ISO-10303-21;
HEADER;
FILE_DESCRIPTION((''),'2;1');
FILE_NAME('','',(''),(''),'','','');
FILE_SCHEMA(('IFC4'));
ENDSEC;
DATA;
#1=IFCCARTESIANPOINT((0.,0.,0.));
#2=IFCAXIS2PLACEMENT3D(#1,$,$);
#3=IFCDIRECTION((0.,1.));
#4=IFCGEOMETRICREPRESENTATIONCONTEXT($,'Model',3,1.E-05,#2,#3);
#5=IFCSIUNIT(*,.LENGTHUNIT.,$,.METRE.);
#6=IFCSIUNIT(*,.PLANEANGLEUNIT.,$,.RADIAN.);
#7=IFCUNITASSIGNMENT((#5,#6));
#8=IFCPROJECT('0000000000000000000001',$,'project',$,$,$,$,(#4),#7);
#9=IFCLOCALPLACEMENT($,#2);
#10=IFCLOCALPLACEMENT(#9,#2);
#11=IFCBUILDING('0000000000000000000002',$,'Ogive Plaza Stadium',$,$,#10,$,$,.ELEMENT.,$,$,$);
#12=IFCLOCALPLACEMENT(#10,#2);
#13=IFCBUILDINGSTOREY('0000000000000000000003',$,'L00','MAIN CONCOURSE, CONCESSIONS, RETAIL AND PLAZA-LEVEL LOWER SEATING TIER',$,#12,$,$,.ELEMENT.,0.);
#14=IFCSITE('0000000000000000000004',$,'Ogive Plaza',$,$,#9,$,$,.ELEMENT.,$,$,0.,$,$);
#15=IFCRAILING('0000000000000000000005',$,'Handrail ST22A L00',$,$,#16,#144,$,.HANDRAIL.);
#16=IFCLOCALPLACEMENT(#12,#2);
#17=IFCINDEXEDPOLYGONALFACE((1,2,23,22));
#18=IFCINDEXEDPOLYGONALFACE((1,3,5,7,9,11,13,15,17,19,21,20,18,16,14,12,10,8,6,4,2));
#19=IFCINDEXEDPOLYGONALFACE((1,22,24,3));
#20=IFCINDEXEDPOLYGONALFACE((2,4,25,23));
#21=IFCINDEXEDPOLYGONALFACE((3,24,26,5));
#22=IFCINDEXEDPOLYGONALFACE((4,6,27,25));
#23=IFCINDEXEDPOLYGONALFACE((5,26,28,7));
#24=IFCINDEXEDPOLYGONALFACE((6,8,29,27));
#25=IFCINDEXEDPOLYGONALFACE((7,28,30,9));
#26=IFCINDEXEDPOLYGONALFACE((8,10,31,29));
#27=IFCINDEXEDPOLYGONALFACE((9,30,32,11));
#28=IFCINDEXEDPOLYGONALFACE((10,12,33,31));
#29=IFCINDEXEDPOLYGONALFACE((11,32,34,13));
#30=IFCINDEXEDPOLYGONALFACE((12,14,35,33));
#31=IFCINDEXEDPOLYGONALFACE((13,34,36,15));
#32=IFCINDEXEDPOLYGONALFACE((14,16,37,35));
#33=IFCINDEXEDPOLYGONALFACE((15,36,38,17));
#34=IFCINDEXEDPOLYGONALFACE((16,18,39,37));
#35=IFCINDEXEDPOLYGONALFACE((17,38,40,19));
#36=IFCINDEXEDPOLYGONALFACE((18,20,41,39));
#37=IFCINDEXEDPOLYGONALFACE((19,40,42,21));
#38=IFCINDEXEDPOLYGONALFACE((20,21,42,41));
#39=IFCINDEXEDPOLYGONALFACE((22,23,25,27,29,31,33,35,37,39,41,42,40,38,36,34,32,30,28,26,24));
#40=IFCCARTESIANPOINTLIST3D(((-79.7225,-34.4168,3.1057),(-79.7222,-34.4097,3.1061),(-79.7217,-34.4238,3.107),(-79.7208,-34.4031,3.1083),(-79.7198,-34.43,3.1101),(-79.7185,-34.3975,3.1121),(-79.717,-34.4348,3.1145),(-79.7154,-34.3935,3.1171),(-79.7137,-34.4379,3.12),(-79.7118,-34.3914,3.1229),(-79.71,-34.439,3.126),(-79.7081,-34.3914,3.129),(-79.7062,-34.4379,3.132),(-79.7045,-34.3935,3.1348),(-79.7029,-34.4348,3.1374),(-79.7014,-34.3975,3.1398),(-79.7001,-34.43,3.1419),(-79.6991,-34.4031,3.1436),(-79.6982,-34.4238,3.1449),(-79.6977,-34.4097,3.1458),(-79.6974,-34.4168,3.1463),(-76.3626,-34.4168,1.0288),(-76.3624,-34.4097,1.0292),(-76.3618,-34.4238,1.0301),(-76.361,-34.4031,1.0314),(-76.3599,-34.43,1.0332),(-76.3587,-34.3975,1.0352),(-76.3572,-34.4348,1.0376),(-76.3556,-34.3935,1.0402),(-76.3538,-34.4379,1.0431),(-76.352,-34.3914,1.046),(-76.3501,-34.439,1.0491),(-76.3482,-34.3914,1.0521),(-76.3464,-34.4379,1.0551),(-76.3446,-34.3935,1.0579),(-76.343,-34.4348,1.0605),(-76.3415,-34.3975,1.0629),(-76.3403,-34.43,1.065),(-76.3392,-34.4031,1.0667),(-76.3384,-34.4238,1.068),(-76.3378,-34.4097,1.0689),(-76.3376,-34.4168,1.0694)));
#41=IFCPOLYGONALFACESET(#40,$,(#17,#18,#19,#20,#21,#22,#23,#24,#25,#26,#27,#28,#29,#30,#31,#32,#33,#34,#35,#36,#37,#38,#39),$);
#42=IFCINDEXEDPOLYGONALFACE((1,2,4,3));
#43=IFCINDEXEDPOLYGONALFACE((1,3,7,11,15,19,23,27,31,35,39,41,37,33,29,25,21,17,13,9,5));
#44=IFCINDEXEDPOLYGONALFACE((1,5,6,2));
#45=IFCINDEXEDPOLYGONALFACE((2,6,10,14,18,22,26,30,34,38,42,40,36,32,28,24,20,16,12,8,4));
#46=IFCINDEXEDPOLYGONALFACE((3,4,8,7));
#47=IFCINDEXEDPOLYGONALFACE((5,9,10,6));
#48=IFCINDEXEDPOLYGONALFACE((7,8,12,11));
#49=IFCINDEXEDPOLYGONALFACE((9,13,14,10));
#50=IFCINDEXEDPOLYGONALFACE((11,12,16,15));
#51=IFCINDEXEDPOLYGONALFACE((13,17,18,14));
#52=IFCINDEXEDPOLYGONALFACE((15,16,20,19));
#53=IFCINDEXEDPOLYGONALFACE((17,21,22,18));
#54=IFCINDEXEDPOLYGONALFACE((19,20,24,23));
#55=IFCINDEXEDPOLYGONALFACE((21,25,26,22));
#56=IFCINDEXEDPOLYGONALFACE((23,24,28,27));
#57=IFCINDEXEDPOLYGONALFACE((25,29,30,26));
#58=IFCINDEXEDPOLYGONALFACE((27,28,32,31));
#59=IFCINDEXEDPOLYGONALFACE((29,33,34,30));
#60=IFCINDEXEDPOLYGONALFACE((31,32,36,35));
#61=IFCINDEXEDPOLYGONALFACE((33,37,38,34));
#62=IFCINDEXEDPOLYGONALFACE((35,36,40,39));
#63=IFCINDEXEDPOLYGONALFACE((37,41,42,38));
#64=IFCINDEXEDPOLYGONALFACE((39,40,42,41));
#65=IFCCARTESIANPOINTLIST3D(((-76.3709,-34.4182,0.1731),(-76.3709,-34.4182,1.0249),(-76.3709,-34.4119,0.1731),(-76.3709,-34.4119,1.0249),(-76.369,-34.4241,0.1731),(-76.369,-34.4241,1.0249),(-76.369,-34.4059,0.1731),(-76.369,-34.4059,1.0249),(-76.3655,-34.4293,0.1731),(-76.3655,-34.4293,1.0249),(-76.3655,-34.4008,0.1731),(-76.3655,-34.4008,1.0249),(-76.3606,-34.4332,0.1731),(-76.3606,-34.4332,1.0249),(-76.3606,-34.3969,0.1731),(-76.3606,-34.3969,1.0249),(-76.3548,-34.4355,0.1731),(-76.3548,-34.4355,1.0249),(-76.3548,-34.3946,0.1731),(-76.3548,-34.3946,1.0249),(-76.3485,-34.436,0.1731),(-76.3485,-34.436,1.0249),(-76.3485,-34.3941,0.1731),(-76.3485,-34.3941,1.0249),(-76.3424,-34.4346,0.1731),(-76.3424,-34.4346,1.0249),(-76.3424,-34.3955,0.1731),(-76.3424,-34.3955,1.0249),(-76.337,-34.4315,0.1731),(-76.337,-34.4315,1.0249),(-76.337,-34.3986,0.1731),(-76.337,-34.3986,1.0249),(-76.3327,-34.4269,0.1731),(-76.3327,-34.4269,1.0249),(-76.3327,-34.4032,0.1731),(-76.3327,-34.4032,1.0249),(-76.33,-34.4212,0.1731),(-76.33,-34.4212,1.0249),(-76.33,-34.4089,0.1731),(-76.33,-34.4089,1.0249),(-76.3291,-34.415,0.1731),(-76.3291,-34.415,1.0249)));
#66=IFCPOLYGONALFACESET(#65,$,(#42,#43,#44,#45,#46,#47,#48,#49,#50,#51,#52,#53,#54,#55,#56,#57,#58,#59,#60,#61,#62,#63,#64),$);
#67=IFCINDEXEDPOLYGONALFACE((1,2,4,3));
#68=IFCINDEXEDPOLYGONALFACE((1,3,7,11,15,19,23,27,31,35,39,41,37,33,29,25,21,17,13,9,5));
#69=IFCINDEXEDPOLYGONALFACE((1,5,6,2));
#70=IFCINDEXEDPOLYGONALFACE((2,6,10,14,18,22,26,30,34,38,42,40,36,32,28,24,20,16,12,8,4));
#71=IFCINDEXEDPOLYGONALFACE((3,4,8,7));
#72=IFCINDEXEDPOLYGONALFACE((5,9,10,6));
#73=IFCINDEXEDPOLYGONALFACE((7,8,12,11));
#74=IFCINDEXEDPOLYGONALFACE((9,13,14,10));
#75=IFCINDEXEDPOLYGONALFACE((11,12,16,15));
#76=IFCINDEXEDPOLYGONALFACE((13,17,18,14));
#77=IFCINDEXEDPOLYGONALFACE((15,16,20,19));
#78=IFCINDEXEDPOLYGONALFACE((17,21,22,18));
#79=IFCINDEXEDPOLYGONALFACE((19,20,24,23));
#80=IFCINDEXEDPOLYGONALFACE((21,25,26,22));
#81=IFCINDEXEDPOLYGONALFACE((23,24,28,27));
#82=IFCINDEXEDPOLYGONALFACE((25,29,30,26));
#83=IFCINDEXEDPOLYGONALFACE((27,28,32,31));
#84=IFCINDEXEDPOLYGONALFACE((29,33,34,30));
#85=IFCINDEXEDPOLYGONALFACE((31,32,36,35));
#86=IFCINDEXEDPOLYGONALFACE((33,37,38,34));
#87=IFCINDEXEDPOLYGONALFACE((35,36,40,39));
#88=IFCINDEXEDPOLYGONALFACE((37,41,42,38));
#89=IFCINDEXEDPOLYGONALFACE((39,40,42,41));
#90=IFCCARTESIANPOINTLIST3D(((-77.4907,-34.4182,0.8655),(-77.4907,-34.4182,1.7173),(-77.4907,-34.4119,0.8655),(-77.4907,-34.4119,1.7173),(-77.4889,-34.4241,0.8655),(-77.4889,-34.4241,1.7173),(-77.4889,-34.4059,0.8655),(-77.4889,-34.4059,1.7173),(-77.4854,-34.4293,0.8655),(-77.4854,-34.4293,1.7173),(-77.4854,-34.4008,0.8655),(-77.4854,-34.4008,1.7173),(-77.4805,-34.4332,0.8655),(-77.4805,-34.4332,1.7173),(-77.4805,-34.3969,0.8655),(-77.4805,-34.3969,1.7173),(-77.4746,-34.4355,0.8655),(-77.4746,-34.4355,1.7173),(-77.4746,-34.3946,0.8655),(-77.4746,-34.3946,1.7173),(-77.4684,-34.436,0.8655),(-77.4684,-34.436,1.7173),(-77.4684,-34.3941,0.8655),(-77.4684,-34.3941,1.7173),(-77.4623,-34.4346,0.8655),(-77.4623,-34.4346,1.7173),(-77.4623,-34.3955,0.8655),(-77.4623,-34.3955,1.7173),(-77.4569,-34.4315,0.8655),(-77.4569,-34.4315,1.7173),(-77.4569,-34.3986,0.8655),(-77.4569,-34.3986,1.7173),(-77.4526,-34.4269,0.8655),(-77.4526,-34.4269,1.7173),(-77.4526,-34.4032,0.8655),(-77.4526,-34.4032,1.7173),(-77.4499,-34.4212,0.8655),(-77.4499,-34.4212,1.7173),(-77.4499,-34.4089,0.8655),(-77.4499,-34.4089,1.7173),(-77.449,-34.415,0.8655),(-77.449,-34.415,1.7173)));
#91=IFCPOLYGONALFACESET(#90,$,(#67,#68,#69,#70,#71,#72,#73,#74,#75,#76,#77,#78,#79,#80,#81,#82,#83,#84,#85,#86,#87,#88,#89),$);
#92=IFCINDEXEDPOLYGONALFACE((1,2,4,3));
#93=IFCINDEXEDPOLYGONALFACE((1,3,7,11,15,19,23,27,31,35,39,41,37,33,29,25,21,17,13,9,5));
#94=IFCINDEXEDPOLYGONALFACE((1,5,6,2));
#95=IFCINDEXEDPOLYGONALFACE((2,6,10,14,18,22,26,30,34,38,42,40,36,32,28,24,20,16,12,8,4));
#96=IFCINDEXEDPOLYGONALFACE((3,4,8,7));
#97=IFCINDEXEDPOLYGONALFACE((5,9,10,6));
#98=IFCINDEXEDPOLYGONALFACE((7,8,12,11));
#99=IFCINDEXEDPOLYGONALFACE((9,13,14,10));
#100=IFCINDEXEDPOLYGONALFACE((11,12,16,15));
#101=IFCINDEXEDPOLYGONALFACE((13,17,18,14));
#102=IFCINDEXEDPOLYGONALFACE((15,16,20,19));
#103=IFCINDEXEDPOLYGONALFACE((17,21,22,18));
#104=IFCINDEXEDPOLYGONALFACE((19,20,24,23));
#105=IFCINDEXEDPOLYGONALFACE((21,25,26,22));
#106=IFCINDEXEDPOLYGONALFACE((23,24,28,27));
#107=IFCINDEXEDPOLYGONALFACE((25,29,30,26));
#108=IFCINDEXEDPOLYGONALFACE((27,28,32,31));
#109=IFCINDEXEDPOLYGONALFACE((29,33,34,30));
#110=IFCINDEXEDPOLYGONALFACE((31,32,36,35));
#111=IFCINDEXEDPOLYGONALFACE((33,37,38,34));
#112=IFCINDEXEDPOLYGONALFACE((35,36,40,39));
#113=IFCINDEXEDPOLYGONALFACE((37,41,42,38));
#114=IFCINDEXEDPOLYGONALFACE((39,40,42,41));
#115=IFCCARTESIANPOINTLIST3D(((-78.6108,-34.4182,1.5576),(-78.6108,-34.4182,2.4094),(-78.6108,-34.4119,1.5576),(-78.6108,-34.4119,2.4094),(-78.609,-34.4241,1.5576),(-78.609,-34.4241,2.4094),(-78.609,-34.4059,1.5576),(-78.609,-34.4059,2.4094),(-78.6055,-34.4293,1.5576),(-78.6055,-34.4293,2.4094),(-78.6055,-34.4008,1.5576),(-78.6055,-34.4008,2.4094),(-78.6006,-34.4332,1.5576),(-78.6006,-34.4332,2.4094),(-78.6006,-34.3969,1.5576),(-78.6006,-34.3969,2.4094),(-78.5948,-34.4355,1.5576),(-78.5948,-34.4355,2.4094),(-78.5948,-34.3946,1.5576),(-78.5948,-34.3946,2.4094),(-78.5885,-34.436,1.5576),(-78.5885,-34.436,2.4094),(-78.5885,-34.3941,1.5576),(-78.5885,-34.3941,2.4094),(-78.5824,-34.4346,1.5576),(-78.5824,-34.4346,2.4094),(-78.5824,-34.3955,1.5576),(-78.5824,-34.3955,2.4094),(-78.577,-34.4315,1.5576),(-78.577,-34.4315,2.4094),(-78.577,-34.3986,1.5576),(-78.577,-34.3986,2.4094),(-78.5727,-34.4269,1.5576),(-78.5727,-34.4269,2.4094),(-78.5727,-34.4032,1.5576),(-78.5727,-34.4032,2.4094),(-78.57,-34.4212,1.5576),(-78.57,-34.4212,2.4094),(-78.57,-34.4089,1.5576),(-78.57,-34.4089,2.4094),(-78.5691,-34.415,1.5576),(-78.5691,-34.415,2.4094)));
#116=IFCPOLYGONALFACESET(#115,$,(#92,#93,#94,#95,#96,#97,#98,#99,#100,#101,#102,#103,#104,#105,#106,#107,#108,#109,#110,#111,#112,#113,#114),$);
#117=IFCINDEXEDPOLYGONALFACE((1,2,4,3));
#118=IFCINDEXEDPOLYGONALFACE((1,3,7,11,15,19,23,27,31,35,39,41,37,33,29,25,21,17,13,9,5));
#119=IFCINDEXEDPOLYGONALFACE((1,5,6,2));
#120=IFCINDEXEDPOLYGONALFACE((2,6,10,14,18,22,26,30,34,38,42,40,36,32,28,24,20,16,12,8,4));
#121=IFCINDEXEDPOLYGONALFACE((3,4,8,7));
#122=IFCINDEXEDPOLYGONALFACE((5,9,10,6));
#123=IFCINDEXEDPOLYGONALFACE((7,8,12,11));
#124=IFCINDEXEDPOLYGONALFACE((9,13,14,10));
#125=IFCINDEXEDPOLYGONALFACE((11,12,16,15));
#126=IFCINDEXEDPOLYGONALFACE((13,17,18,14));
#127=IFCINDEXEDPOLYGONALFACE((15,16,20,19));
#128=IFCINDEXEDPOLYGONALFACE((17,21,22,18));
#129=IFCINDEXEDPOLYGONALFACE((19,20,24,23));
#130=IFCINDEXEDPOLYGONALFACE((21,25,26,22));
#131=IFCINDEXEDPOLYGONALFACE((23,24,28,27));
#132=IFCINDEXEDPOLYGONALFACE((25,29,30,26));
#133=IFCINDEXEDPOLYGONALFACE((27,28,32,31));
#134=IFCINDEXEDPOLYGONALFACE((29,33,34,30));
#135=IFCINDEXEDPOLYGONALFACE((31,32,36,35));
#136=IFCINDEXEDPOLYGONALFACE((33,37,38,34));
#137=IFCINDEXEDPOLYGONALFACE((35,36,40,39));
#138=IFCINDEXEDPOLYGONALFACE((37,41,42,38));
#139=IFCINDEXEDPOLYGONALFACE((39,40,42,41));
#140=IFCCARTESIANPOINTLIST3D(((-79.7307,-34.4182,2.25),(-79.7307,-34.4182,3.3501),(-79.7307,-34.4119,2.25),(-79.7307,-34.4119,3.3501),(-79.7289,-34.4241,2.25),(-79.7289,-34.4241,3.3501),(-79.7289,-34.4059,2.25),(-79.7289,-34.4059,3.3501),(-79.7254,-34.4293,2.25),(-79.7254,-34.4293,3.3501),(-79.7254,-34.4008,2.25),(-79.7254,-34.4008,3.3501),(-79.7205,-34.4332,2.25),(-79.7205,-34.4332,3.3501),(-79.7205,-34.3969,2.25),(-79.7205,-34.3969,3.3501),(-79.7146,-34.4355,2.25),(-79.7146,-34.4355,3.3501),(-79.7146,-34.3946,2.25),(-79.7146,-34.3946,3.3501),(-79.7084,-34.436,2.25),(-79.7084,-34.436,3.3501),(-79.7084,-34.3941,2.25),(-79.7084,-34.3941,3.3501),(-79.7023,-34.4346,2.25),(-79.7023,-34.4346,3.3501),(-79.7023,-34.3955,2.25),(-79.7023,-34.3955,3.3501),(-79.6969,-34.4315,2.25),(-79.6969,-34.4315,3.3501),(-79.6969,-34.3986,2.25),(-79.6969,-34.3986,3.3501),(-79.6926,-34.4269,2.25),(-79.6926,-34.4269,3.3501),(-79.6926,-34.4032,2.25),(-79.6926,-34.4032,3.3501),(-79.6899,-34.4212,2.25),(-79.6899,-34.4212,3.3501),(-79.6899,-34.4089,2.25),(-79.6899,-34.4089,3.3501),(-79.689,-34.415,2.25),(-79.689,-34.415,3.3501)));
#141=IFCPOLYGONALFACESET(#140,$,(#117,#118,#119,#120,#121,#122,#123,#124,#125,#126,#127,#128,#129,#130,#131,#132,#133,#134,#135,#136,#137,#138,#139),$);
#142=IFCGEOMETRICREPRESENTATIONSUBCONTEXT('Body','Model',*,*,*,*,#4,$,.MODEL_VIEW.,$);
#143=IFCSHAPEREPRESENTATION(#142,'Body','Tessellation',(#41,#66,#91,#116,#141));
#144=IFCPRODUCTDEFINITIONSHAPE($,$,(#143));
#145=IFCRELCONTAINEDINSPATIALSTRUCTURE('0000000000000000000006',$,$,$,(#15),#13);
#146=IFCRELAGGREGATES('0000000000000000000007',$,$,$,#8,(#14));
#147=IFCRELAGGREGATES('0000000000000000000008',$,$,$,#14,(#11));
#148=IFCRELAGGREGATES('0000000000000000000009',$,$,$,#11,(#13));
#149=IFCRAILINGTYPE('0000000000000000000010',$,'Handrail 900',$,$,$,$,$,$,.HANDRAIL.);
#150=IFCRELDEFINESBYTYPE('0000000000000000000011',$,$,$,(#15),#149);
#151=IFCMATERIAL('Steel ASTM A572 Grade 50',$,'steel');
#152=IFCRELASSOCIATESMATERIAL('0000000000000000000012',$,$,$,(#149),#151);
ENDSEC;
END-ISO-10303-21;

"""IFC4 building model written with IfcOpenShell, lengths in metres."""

from ifc_helpers import new_model, si_unit, direction, frame, origin, origin_2d, place, context, subcontext, project, spatial, circle, extrude, material, type_object, element, save


model = new_model("IFC4")

# Units and contexts
model_context = context("Model", 3, precision=1e-05, world=origin(), true_north=direction((0.0, 1.0)))
body_context = subcontext(model_context, "Body", "Model", "MODEL_VIEW")
ifc_project = project(units=[si_unit("LENGTHUNIT", "METRE"), si_unit("PLANEANGLEUNIT", "RADIAN")], contexts=[model_context])

# Site, building, storey
site_placement = place(None, origin())
site = spatial("IfcSite", under=ifc_project, at=site_placement, Name="Ogive Plaza", CompositionType="ELEMENT", RefElevation=0.0)
building_placement = place(site_placement, origin())
building = spatial("IfcBuilding", under=site, at=building_placement, Name="Ogive Plaza Stadium", CompositionType="ELEMENT")
storey_placement = place(building_placement, origin())
storey = spatial("IfcBuildingStorey", under=building, at=storey_placement, Name="L00", Description="MAIN CONCOURSE, CONCESSIONS, RETAIL AND PLAZA-LEVEL LOWER SEATING TIER", CompositionType="ELEMENT", Elevation=0.0)

# Railing
ifc_material_1 = material(Name="Steel ASTM A572 Grade 50", Category="steel")
railing_type_1 = type_object("IfcRailingType", Name="Handrail 900", PredefinedType="HANDRAIL", material=ifc_material_1)
for number, where, name in (
    (1, (-76.3501, -34.415, 0.1731), "Handrail ST22A L00"),
):
    element("IfcRailing", number, at=place(storey_placement, frame(where)), inside=storey, type_object=railing_type_1, Name=name, PredefinedType="HANDRAIL", context=body_context, shape_type="SweptSolid", body=[
        extrude(circle(Radius=0.0239, at=origin_2d()), frame((0.0, 0.0, 0.876), z_axis=(-0.850606, 0.0, 0.525803), x_axis=(0.0, -1.0, 0.0)), (0.0, 0.0, 1.0), 3.95),
        extrude(circle(Radius=0.021, at=origin_2d()), origin(), (0.0, 0.0, 1.0), 0.8518),
        extrude(circle(Radius=0.021, at=origin_2d()), frame((-1.1199, 0.0, 0.6924)), (0.0, 0.0, 1.0), 0.8518),
        extrude(circle(Radius=0.021, at=origin_2d()), frame((-2.24, 0.0, 1.3845)), (0.0, 0.0, 1.0), 0.8518),
        extrude(circle(Radius=0.021, at=origin_2d()), frame((-3.3599, 0.0, 2.0769)), (0.0, 0.0, 1.0), 1.1001),
    ])

save(model, "model.ifc")
